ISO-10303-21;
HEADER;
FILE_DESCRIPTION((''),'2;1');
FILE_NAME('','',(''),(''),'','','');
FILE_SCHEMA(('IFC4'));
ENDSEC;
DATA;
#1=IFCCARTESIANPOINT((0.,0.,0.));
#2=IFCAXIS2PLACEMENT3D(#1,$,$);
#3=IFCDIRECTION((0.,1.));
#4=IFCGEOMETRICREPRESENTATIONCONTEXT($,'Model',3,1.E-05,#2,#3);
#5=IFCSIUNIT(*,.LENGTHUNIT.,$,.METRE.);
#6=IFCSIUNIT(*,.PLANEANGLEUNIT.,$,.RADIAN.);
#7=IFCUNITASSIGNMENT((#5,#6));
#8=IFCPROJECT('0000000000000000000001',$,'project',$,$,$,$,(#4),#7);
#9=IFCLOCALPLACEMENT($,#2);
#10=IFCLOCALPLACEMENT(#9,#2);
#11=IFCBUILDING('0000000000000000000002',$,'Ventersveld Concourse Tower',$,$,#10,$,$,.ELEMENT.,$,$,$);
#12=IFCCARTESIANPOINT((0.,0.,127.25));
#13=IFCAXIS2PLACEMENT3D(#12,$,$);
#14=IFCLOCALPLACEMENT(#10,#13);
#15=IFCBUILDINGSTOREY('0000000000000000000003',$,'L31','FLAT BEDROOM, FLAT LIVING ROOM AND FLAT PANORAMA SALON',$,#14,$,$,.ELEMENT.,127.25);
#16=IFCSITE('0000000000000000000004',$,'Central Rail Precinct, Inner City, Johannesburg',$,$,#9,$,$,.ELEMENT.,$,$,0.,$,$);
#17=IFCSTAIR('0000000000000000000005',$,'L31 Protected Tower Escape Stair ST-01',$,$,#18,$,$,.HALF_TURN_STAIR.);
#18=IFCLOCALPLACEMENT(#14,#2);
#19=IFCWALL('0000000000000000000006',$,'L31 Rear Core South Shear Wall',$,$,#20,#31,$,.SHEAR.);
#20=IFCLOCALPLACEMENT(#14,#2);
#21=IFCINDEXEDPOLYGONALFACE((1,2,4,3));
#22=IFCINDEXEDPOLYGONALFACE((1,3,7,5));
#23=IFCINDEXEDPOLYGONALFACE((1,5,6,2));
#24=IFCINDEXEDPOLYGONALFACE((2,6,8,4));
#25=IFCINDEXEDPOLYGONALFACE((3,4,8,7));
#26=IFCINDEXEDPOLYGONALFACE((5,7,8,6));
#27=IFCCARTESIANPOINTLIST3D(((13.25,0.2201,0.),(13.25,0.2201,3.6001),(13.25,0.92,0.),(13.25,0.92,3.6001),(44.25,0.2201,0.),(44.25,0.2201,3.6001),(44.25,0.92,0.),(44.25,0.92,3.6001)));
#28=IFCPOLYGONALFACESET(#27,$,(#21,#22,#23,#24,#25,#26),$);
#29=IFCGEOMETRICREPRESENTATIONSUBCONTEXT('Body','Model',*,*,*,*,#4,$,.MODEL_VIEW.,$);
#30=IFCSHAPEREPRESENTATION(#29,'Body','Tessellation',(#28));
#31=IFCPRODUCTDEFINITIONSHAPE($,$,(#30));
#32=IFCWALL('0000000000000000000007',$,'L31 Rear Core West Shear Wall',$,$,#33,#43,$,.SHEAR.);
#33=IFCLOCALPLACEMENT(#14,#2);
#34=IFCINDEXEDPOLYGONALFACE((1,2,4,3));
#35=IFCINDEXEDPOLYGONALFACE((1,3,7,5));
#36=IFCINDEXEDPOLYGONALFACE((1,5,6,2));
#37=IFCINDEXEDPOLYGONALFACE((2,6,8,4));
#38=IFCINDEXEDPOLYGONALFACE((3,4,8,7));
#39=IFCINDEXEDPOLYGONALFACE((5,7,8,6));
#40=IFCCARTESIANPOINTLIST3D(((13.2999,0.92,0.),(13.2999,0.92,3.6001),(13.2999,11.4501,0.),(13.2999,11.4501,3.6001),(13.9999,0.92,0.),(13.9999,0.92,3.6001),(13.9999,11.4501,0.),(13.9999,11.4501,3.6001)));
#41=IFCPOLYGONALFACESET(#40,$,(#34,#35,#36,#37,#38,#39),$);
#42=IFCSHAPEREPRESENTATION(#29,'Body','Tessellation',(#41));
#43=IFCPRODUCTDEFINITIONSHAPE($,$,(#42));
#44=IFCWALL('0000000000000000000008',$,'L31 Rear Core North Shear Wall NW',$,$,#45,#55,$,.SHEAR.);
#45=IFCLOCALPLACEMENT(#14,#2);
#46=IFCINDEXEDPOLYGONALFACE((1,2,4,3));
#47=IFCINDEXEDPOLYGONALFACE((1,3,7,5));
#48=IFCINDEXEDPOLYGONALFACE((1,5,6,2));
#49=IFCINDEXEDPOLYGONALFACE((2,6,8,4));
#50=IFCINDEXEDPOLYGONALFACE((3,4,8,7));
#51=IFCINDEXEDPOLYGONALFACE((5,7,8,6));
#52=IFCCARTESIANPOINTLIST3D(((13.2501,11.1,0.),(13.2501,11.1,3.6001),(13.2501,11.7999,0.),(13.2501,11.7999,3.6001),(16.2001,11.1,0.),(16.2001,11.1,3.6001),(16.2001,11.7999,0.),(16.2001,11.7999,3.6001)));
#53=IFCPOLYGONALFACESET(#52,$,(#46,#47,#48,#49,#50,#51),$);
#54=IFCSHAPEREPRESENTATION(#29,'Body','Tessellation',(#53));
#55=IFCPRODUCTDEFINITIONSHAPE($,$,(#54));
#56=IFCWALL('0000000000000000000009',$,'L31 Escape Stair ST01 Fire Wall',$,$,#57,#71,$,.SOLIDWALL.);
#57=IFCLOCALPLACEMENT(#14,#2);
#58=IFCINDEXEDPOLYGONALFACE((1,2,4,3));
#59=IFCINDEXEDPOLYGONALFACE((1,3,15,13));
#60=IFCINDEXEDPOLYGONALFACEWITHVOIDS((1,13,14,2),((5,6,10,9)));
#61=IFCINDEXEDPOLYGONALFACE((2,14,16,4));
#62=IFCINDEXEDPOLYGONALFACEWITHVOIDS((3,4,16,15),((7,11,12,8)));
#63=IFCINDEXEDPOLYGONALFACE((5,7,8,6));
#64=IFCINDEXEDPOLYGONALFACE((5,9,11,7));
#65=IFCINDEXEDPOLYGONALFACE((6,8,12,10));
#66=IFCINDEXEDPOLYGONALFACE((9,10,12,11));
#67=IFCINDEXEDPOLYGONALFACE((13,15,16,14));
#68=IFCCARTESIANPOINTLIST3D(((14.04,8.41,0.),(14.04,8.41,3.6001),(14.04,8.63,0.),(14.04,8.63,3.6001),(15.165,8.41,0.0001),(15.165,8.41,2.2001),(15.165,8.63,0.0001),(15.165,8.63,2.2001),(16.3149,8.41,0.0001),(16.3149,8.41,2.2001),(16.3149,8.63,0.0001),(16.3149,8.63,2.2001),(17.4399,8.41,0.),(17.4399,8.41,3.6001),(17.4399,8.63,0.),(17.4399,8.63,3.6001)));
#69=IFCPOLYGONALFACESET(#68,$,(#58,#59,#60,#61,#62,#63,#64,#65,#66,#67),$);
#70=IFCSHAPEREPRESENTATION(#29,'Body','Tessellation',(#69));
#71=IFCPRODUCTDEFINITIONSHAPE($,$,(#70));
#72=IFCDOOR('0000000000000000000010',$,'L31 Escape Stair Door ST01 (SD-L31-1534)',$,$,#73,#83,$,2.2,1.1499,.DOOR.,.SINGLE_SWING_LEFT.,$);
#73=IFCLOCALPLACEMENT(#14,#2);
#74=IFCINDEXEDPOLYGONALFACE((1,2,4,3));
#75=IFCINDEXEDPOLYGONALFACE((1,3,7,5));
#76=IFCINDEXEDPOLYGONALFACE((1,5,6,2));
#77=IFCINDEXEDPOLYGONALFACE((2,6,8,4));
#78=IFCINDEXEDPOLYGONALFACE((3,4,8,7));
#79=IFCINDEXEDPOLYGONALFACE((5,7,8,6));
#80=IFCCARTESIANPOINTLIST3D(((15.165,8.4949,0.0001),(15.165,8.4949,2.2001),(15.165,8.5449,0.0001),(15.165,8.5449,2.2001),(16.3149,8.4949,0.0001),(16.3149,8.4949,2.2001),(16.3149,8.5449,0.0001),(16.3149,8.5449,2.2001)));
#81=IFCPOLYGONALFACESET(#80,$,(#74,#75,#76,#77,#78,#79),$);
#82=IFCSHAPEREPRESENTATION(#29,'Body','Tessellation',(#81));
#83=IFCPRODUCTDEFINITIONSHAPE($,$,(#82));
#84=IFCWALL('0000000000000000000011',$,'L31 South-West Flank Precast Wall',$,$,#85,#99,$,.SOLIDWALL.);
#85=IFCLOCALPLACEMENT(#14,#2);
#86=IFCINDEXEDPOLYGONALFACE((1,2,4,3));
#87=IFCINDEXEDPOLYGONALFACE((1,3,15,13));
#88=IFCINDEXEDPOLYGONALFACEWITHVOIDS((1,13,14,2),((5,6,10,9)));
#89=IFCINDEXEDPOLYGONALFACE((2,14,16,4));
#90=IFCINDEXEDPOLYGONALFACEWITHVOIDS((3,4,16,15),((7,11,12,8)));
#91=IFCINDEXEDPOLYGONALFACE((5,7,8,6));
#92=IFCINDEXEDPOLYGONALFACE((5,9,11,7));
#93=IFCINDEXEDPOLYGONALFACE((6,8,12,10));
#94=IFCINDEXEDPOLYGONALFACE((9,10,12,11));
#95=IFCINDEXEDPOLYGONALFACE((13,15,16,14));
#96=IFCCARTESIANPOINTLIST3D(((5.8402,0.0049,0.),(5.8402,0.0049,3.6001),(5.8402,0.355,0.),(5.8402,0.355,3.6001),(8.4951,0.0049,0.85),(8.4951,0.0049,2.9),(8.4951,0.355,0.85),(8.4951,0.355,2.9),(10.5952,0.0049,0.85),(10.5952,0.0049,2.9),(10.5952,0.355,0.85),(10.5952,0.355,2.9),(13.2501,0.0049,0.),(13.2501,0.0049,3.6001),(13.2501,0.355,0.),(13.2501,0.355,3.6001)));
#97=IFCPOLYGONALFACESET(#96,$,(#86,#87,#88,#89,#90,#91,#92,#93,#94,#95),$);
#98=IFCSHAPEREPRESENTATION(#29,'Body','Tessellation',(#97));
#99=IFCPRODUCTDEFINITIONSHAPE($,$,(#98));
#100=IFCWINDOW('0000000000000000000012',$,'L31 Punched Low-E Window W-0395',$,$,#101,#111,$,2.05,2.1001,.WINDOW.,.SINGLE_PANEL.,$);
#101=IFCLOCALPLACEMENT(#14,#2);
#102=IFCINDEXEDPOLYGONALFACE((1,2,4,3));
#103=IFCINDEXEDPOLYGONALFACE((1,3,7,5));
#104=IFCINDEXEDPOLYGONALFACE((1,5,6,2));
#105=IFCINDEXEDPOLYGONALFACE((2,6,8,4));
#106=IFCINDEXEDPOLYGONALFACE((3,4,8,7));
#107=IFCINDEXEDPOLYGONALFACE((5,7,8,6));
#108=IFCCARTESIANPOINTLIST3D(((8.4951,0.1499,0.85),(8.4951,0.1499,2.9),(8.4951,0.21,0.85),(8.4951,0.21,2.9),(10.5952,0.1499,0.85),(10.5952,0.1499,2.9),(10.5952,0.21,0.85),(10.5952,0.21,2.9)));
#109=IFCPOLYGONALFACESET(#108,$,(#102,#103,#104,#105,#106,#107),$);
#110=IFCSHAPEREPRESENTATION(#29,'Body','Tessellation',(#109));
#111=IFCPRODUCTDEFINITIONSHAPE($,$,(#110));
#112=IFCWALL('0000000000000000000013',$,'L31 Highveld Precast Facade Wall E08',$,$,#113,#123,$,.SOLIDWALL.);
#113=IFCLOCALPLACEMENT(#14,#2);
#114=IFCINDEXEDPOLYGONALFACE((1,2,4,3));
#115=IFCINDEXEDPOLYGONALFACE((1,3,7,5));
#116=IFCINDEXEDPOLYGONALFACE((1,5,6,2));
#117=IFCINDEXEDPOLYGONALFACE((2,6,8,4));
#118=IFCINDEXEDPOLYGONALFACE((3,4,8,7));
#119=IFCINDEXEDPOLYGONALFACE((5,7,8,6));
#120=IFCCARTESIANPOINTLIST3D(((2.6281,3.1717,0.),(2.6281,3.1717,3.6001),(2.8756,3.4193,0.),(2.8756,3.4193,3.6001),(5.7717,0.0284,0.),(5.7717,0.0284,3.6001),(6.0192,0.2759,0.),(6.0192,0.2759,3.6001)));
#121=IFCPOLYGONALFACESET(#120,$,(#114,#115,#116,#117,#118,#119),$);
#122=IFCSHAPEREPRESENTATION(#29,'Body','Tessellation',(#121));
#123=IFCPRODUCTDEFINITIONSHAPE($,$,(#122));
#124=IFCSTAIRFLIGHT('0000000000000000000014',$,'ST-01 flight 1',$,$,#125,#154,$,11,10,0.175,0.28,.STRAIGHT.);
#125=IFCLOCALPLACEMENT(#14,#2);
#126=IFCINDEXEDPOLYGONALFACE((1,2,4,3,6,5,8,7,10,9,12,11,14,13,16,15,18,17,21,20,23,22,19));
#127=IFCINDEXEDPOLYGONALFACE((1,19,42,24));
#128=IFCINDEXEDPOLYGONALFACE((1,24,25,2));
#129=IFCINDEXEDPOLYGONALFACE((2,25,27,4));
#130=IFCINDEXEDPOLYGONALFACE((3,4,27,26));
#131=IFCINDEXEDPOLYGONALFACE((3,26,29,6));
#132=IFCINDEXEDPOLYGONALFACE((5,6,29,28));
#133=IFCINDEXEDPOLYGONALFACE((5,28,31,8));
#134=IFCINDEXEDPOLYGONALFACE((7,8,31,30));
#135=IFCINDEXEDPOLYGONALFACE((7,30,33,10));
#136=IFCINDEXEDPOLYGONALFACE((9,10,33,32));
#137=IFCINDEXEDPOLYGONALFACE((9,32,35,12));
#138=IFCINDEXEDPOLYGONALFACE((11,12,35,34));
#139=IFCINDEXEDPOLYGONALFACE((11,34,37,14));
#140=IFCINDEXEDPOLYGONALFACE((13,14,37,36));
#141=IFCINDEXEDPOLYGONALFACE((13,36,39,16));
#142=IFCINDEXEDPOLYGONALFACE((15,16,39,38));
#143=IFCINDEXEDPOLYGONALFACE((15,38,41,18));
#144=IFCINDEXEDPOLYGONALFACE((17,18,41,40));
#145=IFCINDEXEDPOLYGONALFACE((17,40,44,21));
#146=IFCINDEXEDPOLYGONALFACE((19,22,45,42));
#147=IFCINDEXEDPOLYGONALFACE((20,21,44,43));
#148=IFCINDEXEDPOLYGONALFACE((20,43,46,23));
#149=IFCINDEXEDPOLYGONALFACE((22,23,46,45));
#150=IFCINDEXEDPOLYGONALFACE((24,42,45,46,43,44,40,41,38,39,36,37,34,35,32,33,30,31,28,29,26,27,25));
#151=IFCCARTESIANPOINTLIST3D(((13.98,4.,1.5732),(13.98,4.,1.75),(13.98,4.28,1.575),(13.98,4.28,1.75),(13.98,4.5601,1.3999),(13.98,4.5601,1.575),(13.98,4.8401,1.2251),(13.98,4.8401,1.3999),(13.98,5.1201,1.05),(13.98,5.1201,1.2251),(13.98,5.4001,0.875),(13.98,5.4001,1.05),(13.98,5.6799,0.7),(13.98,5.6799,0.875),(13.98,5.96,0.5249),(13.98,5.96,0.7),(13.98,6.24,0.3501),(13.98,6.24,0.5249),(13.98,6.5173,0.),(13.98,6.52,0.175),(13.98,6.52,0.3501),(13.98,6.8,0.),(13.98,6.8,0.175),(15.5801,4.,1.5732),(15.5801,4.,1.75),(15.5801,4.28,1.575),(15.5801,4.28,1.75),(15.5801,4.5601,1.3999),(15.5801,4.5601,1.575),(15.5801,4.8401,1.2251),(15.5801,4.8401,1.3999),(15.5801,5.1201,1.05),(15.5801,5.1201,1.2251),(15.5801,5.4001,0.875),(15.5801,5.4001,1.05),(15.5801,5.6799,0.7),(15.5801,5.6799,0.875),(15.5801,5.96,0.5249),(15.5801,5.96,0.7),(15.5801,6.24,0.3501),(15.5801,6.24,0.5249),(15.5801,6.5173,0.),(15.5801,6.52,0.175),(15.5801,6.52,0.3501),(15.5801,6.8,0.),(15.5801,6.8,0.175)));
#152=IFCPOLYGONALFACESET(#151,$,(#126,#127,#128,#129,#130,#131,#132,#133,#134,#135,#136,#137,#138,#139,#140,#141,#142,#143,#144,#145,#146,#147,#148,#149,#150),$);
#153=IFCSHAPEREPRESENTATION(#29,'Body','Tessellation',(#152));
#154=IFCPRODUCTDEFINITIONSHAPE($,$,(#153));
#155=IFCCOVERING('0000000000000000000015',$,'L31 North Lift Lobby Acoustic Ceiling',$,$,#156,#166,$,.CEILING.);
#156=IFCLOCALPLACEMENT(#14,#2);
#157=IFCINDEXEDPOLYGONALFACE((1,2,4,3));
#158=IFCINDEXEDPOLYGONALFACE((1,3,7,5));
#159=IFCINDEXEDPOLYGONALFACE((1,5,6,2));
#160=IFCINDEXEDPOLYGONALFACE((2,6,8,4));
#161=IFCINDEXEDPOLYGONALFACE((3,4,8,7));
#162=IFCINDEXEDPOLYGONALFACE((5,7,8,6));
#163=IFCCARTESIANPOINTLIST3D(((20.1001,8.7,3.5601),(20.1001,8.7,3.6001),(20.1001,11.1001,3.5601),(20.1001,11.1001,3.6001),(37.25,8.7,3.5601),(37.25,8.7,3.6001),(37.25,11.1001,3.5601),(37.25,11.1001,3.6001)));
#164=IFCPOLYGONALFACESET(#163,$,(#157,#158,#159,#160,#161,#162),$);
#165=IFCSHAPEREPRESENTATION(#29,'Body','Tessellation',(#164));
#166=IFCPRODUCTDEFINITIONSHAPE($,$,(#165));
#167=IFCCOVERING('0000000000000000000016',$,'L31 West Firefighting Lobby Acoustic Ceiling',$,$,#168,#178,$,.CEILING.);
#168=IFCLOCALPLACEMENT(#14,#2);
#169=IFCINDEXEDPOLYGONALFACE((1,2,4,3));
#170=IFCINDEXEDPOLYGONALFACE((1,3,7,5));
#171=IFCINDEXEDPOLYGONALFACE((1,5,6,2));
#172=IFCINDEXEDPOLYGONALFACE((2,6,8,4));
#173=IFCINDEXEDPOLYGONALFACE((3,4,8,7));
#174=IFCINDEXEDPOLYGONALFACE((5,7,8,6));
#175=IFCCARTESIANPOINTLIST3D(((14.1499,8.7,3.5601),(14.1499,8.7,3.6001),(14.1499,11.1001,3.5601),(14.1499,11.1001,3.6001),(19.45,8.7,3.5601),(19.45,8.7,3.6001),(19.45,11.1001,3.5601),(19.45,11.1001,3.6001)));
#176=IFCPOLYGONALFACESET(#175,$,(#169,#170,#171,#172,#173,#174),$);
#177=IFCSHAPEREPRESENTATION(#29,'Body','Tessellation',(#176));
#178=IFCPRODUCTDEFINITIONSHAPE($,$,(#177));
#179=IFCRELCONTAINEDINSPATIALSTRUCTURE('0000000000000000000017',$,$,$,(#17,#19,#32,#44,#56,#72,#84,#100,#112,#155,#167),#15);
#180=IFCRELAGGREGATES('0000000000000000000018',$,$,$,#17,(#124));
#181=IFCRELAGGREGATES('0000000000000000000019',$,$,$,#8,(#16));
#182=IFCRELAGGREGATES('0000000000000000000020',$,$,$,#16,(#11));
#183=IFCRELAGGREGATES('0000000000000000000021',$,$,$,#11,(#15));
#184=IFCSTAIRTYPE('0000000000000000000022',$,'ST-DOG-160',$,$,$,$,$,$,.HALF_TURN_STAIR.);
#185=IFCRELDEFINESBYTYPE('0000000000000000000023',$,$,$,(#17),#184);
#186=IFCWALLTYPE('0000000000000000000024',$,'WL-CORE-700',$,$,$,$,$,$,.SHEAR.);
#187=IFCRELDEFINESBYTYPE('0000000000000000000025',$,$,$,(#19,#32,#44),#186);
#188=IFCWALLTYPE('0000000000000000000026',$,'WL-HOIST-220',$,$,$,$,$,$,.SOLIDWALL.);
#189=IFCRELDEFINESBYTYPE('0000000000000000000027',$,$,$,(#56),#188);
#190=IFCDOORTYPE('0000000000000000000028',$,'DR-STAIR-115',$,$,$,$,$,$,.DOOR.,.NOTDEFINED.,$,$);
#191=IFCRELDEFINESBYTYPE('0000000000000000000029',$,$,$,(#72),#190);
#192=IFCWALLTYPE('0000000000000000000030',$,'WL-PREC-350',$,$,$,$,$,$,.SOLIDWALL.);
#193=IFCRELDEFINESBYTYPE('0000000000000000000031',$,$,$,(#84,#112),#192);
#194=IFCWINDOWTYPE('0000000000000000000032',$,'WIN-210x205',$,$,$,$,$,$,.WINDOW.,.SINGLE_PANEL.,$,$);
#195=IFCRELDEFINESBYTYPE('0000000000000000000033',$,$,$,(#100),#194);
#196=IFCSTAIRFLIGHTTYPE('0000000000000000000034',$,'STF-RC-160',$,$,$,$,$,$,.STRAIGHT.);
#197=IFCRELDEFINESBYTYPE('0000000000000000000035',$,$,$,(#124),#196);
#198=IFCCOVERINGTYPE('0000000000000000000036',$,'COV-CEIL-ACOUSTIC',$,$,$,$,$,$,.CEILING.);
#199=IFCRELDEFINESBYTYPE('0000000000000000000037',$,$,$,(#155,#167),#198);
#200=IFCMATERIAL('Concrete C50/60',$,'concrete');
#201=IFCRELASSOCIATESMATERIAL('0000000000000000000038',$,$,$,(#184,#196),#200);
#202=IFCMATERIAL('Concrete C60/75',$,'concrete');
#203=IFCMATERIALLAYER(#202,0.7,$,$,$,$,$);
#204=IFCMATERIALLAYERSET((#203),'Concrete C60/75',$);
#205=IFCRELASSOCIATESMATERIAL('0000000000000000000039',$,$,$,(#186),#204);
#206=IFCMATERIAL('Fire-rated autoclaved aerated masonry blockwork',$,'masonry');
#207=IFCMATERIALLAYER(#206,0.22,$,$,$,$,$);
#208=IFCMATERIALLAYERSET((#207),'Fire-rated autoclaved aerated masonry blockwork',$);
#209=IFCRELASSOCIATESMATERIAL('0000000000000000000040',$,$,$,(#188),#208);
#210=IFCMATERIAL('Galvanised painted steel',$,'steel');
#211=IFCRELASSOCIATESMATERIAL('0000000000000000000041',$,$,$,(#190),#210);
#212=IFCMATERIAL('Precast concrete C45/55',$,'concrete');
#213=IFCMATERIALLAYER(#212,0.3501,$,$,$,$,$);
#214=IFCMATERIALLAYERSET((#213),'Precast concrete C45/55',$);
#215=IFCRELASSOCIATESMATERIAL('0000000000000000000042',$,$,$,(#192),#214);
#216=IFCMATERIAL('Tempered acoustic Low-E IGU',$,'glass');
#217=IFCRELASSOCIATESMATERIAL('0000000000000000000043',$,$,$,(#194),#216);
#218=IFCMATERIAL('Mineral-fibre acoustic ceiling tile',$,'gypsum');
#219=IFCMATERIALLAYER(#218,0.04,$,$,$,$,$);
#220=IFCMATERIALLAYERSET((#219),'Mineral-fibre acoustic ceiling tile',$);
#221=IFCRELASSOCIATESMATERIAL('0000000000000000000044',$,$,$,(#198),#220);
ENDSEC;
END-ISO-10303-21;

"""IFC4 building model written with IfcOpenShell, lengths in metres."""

from ifc_helpers import new_model, si_unit, direction, frame, frame_2d, origin, place, context, subcontext, project, spatial, polyline, rectangle, outline, extrude, material, layer, layer_set, type_object, element, fill, aggregate, save


model = new_model("IFC4")

# Units and contexts
model_context = context("Model", 3, precision=1e-05, world=origin(), true_north=direction((0.0, 1.0)))
body_context = subcontext(model_context, "Body", "Model", "MODEL_VIEW")
ifc_project = project(units=[si_unit("LENGTHUNIT", "METRE"), si_unit("PLANEANGLEUNIT", "RADIAN")], contexts=[model_context])

# Site, building, storey
site_placement = place(None, origin())
site = spatial("IfcSite", under=ifc_project, at=site_placement, Name="Central Rail Precinct, Inner City, Johannesburg", CompositionType="ELEMENT", RefElevation=0.0)
building_placement = place(site_placement, origin())
building = spatial("IfcBuilding", under=site, at=building_placement, Name="Ventersveld Concourse Tower", CompositionType="ELEMENT")
storey_placement = place(building_placement, frame((0.0, 0.0, 127.25)))
storey = spatial("IfcBuildingStorey", under=building, at=storey_placement, Name="L31", Description="FLAT BEDROOM, FLAT LIVING ROOM AND FLAT PANORAMA SALON", CompositionType="ELEMENT", Elevation=127.25)

# Shared definitions
ifc_material_1 = material(Name="Concrete C50/60", Category="concrete")

# Stair
stair_type_1 = type_object("IfcStairType", Name="ST-DOG-160", PredefinedType="HALF_TURN_STAIR", material=ifc_material_1)
stair_1_placement = place(storey_placement, origin())
stair_1 = element("IfcStair", 1, at=stair_1_placement, inside=storey, type_object=stair_type_1, Name="L31 Protected Tower Escape Stair ST-01", PredefinedType="HALF_TURN_STAIR")

# Walls
ifc_material_2 = material(Name="Concrete C60/75", Category="concrete")
ifc_layer_1 = layer(ifc_material_2, 0.7)
ifc_layer_set_1 = layer_set([ifc_layer_1], Name="Concrete C60/75")
wall_type_1 = type_object("IfcWallType", Name="WL-CORE-700", PredefinedType="SHEAR", material=ifc_layer_set_1)
wall_1_placement = place(storey_placement, frame((13.25, 0.5701, 0.0), z_axis=(0.0, 0.0, 1.0), x_axis=(1.0, 0.0, 0.0)))
element("IfcWall", 2, at=wall_1_placement, inside=storey, type_object=wall_type_1, Name="L31 Rear Core South Shear Wall", PredefinedType="SHEAR", context=body_context, shape_type="SweptSolid", body=[
    extrude(rectangle(XDim=31.0, YDim=0.7, at=frame_2d((15.5, 0.0))), origin(), (0.0, 0.0, 1.0), 3.6001),
])
wall_2_placement = place(storey_placement, frame((13.6499, 0.9199, 0.0), z_axis=(0.0, 0.0, 1.0), x_axis=(0.0, 1.0, 0.0)))
element("IfcWall", 3, at=wall_2_placement, inside=storey, type_object=wall_type_1, Name="L31 Rear Core West Shear Wall", PredefinedType="SHEAR", context=body_context, shape_type="SweptSolid", body=[
    extrude(rectangle(XDim=10.53, YDim=0.7, at=frame_2d((5.2651, 0.0))), origin(), (0.0, 0.0, 1.0), 3.6001),
])
wall_3_placement = place(storey_placement, frame((13.25, 11.45, 0.0), z_axis=(0.0, 0.0, 1.0), x_axis=(1.0, 0.0, 0.0)))
element("IfcWall", 4, at=wall_3_placement, inside=storey, type_object=wall_type_1, Name="L31 Rear Core North Shear Wall NW", PredefinedType="SHEAR", context=body_context, shape_type="SweptSolid", body=[
    extrude(rectangle(XDim=2.95, YDim=0.7, at=frame_2d((1.4751, 0.0))), origin(), (0.0, 0.0, 1.0), 3.6001),
])

# Wall, opening, door
ifc_material_3 = material(Name="Fire-rated autoclaved aerated masonry blockwork", Category="masonry")
ifc_layer_2 = layer(ifc_material_3, 0.22)
ifc_layer_set_2 = layer_set([ifc_layer_2], Name="Fire-rated autoclaved aerated masonry blockwork")
wall_type_2 = type_object("IfcWallType", Name="WL-HOIST-220", PredefinedType="SOLIDWALL", material=ifc_layer_set_2)
wall_4_placement = place(storey_placement, frame((14.04, 8.52, 0.0), z_axis=(0.0, 0.0, 1.0), x_axis=(1.0, 0.0, 0.0)))
wall_4 = element("IfcWall", 5, at=wall_4_placement, inside=storey, type_object=wall_type_2, Name="L31 Escape Stair ST01 Fire Wall", PredefinedType="SOLIDWALL", context=body_context, shape_type="SweptSolid", body=[
    extrude(rectangle(XDim=3.3999, YDim=0.22, at=frame_2d((1.7, 0.0))), origin(), (0.0, 0.0, 1.0), 3.6001),
])
opening_1_placement = place(wall_4_placement, frame((1.125, 0.0, 0.0)))
opening_1 = element("IfcOpeningElement", 6, at=opening_1_placement, cuts=wall_4, PredefinedType="OPENING", context=body_context, shape_type="SweptSolid", body=[
    extrude(rectangle(XDim=1.1499, YDim=2.2, at=frame_2d((0.575, 1.1001))), frame((0.0, 0.1201, 0.0), z_axis=(0.0, -1.0, 0.0), x_axis=(1.0, 0.0, 0.0)), (0.0, 0.0, 1.0), 0.24),
])
ifc_material_4 = material(Name="Galvanised painted steel", Category="steel")
door_type = type_object("IfcDoorType", Name="DR-STAIR-115", OperationType="NOTDEFINED", PredefinedType="DOOR", material=ifc_material_4)
door_placement = place(opening_1_placement, origin())
door = element("IfcDoor", 7, at=door_placement, inside=storey, type_object=door_type, Name="L31 Escape Stair Door ST01 (SD-L31-1534)", OperationType="SINGLE_SWING_LEFT", OverallHeight=2.2, OverallWidth=1.1499, PredefinedType="DOOR", context=body_context, shape_type="SweptSolid", body=[
    extrude(rectangle(XDim=1.1499, YDim=2.2, at=frame_2d((0.575, 1.1001))), frame((0.0, 0.0249, 0.0), z_axis=(0.0, -1.0, 0.0), x_axis=(1.0, 0.0, 0.0)), (0.0, 0.0, 1.0), 0.05),
])
fill(opening_1, door)

# Wall, opening, window
ifc_material_5 = material(Name="Precast concrete C45/55", Category="concrete")
ifc_layer_3 = layer(ifc_material_5, 0.3501)
ifc_layer_set_3 = layer_set([ifc_layer_3], Name="Precast concrete C45/55")
wall_type_3 = type_object("IfcWallType", Name="WL-PREC-350", PredefinedType="SOLIDWALL", material=ifc_layer_set_3)
wall_5_placement = place(storey_placement, frame((5.8401, 0.1799, 0.0), z_axis=(0.0, 0.0, 1.0), x_axis=(1.0, 0.0, 0.0)))
wall_5 = element("IfcWall", 8, at=wall_5_placement, inside=storey, type_object=wall_type_3, Name="L31 South-West Flank Precast Wall", PredefinedType="SOLIDWALL", context=body_context, shape_type="SweptSolid", body=[
    extrude(rectangle(XDim=7.4099, YDim=0.3501, at=frame_2d((3.7051, 0.0))), origin(), (0.0, 0.0, 1.0), 3.6001),
])
opening_2_placement = place(wall_5_placement, frame((2.655, 0.0, 0.8501)))
opening_2 = element("IfcOpeningElement", 9, at=opening_2_placement, cuts=wall_5, PredefinedType="OPENING", context=body_context, shape_type="SweptSolid", body=[
    extrude(rectangle(XDim=2.1001, YDim=2.05, at=frame_2d((1.05, 1.0249))), frame((0.0, 0.1851, 0.0), z_axis=(0.0, -1.0, 0.0), x_axis=(1.0, 0.0, 0.0)), (0.0, 0.0, 1.0), 0.3701),
])
ifc_material_6 = material(Name="Tempered acoustic Low-E IGU", Category="glass")
window_type = type_object("IfcWindowType", Name="WIN-210x205", PartitioningType="SINGLE_PANEL", PredefinedType="WINDOW", material=ifc_material_6)
window_placement = place(opening_2_placement, origin())
window = element("IfcWindow", 10, at=window_placement, inside=storey, type_object=window_type, Name="L31 Punched Low-E Window W-0395", OverallHeight=2.05, OverallWidth=2.1001, PartitioningType="SINGLE_PANEL", PredefinedType="WINDOW", context=body_context, shape_type="SweptSolid", body=[
    extrude(rectangle(XDim=2.1001, YDim=2.05, at=frame_2d((1.05, 1.0249))), frame((0.0, 0.03, 0.0), z_axis=(0.0, -1.0, 0.0), x_axis=(1.0, 0.0, 0.0)), (0.0, 0.0, 1.0), 0.0601),
])
fill(opening_2, window)

# Wall
wall_6_placement = place(storey_placement, frame((2.752, 3.2954, 0.0), z_axis=(0.0, 0.0, 1.0), x_axis=(0.707134, -0.707079, 0.0)))
element("IfcWall", 11, at=wall_6_placement, inside=storey, type_object=wall_type_3, Name="L31 Highveld Precast Facade Wall E08", PredefinedType="SOLIDWALL", context=body_context, shape_type="SweptSolid", body=[
    extrude(rectangle(XDim=4.4456, YDim=0.3501, at=frame_2d((2.2227, 0.0))), origin(), (0.0, 0.0, 1.0), 3.6001),
])

# Stair flight
stair_flight_type = type_object("IfcStairFlightType", Name="STF-RC-160", PredefinedType="STRAIGHT", material=ifc_material_1)
stair_flight_placement = place(storey_placement, frame((14.78, 6.8, 0.0), z_axis=(0.0, 0.0, 1.0), x_axis=(0.0, -1.0, 0.0)))
stair_flight = element("IfcStairFlight", 12, at=stair_flight_placement, type_object=stair_flight_type, Name="ST-01 flight 1", NumberOfRisers=11, NumberOfTreads=10, PredefinedType="STRAIGHT", RiserHeight=0.175, TreadLength=0.28, context=body_context, shape_type="SweptSolid", body=[
    extrude(outline(polyline([(0.0, 0.0), (0.0, 0.175), (0.28, 0.175), (0.28, 0.3501), (0.5601, 0.3501), (0.5601, 0.5249), (0.8401, 0.5249), (0.8401, 0.7), (1.1201, 0.7), (1.1201, 0.875), (1.3999, 0.875), (1.3999, 1.05), (1.6799, 1.05), (1.6799, 1.2251), (1.96, 1.2251), (1.96, 1.3999), (2.24, 1.3999), (2.24, 1.575), (2.52, 1.575), (2.52, 1.75), (2.8, 1.75), (2.8, 1.925), (2.8, 1.5732), (0.2827, 0.0), (0.0, 0.0)])), frame((0.0, 0.8, 0.0), z_axis=(0.0, -1.0, 0.0), x_axis=(1.0, 0.0, 0.0)), (0.0, 0.0, 1.0), 1.6001),
])
aggregate(stair_1, [stair_flight])

# Coverings
ifc_material_7 = material(Name="Mineral-fibre acoustic ceiling tile", Category="gypsum")
ifc_layer_4 = layer(ifc_material_7, 0.04)
ifc_layer_set_4 = layer_set([ifc_layer_4], Name="Mineral-fibre acoustic ceiling tile")
covering_type_1 = type_object("IfcCoveringType", Name="COV-CEIL-ACOUSTIC", PredefinedType="CEILING", material=ifc_layer_set_4)
covering_1_placement = place(storey_placement, frame((0.0, 0.0, 3.5601)))
element("IfcCovering", 13, at=covering_1_placement, inside=storey, type_object=covering_type_1, Name="L31 North Lift Lobby Acoustic Ceiling", PredefinedType="CEILING", context=body_context, shape_type="SweptSolid", body=[
    extrude(outline(polyline([(20.1001, 8.7), (37.25, 8.7), (37.25, 11.1001), (20.1001, 11.1001), (20.1001, 8.7)])), origin(), (0.0, 0.0, 1.0), 0.04),
])
covering_2_placement = place(storey_placement, frame((0.0, 0.0, 3.5601)))
element("IfcCovering", 14, at=covering_2_placement, inside=storey, type_object=covering_type_1, Name="L31 West Firefighting Lobby Acoustic Ceiling", PredefinedType="CEILING", context=body_context, shape_type="SweptSolid", body=[
    extrude(outline(polyline([(14.1499, 8.7), (19.45, 8.7), (19.45, 11.1001), (14.1499, 11.1001), (14.1499, 8.7)])), origin(), (0.0, 0.0, 1.0), 0.04),
])

save(model, "model.ifc")
